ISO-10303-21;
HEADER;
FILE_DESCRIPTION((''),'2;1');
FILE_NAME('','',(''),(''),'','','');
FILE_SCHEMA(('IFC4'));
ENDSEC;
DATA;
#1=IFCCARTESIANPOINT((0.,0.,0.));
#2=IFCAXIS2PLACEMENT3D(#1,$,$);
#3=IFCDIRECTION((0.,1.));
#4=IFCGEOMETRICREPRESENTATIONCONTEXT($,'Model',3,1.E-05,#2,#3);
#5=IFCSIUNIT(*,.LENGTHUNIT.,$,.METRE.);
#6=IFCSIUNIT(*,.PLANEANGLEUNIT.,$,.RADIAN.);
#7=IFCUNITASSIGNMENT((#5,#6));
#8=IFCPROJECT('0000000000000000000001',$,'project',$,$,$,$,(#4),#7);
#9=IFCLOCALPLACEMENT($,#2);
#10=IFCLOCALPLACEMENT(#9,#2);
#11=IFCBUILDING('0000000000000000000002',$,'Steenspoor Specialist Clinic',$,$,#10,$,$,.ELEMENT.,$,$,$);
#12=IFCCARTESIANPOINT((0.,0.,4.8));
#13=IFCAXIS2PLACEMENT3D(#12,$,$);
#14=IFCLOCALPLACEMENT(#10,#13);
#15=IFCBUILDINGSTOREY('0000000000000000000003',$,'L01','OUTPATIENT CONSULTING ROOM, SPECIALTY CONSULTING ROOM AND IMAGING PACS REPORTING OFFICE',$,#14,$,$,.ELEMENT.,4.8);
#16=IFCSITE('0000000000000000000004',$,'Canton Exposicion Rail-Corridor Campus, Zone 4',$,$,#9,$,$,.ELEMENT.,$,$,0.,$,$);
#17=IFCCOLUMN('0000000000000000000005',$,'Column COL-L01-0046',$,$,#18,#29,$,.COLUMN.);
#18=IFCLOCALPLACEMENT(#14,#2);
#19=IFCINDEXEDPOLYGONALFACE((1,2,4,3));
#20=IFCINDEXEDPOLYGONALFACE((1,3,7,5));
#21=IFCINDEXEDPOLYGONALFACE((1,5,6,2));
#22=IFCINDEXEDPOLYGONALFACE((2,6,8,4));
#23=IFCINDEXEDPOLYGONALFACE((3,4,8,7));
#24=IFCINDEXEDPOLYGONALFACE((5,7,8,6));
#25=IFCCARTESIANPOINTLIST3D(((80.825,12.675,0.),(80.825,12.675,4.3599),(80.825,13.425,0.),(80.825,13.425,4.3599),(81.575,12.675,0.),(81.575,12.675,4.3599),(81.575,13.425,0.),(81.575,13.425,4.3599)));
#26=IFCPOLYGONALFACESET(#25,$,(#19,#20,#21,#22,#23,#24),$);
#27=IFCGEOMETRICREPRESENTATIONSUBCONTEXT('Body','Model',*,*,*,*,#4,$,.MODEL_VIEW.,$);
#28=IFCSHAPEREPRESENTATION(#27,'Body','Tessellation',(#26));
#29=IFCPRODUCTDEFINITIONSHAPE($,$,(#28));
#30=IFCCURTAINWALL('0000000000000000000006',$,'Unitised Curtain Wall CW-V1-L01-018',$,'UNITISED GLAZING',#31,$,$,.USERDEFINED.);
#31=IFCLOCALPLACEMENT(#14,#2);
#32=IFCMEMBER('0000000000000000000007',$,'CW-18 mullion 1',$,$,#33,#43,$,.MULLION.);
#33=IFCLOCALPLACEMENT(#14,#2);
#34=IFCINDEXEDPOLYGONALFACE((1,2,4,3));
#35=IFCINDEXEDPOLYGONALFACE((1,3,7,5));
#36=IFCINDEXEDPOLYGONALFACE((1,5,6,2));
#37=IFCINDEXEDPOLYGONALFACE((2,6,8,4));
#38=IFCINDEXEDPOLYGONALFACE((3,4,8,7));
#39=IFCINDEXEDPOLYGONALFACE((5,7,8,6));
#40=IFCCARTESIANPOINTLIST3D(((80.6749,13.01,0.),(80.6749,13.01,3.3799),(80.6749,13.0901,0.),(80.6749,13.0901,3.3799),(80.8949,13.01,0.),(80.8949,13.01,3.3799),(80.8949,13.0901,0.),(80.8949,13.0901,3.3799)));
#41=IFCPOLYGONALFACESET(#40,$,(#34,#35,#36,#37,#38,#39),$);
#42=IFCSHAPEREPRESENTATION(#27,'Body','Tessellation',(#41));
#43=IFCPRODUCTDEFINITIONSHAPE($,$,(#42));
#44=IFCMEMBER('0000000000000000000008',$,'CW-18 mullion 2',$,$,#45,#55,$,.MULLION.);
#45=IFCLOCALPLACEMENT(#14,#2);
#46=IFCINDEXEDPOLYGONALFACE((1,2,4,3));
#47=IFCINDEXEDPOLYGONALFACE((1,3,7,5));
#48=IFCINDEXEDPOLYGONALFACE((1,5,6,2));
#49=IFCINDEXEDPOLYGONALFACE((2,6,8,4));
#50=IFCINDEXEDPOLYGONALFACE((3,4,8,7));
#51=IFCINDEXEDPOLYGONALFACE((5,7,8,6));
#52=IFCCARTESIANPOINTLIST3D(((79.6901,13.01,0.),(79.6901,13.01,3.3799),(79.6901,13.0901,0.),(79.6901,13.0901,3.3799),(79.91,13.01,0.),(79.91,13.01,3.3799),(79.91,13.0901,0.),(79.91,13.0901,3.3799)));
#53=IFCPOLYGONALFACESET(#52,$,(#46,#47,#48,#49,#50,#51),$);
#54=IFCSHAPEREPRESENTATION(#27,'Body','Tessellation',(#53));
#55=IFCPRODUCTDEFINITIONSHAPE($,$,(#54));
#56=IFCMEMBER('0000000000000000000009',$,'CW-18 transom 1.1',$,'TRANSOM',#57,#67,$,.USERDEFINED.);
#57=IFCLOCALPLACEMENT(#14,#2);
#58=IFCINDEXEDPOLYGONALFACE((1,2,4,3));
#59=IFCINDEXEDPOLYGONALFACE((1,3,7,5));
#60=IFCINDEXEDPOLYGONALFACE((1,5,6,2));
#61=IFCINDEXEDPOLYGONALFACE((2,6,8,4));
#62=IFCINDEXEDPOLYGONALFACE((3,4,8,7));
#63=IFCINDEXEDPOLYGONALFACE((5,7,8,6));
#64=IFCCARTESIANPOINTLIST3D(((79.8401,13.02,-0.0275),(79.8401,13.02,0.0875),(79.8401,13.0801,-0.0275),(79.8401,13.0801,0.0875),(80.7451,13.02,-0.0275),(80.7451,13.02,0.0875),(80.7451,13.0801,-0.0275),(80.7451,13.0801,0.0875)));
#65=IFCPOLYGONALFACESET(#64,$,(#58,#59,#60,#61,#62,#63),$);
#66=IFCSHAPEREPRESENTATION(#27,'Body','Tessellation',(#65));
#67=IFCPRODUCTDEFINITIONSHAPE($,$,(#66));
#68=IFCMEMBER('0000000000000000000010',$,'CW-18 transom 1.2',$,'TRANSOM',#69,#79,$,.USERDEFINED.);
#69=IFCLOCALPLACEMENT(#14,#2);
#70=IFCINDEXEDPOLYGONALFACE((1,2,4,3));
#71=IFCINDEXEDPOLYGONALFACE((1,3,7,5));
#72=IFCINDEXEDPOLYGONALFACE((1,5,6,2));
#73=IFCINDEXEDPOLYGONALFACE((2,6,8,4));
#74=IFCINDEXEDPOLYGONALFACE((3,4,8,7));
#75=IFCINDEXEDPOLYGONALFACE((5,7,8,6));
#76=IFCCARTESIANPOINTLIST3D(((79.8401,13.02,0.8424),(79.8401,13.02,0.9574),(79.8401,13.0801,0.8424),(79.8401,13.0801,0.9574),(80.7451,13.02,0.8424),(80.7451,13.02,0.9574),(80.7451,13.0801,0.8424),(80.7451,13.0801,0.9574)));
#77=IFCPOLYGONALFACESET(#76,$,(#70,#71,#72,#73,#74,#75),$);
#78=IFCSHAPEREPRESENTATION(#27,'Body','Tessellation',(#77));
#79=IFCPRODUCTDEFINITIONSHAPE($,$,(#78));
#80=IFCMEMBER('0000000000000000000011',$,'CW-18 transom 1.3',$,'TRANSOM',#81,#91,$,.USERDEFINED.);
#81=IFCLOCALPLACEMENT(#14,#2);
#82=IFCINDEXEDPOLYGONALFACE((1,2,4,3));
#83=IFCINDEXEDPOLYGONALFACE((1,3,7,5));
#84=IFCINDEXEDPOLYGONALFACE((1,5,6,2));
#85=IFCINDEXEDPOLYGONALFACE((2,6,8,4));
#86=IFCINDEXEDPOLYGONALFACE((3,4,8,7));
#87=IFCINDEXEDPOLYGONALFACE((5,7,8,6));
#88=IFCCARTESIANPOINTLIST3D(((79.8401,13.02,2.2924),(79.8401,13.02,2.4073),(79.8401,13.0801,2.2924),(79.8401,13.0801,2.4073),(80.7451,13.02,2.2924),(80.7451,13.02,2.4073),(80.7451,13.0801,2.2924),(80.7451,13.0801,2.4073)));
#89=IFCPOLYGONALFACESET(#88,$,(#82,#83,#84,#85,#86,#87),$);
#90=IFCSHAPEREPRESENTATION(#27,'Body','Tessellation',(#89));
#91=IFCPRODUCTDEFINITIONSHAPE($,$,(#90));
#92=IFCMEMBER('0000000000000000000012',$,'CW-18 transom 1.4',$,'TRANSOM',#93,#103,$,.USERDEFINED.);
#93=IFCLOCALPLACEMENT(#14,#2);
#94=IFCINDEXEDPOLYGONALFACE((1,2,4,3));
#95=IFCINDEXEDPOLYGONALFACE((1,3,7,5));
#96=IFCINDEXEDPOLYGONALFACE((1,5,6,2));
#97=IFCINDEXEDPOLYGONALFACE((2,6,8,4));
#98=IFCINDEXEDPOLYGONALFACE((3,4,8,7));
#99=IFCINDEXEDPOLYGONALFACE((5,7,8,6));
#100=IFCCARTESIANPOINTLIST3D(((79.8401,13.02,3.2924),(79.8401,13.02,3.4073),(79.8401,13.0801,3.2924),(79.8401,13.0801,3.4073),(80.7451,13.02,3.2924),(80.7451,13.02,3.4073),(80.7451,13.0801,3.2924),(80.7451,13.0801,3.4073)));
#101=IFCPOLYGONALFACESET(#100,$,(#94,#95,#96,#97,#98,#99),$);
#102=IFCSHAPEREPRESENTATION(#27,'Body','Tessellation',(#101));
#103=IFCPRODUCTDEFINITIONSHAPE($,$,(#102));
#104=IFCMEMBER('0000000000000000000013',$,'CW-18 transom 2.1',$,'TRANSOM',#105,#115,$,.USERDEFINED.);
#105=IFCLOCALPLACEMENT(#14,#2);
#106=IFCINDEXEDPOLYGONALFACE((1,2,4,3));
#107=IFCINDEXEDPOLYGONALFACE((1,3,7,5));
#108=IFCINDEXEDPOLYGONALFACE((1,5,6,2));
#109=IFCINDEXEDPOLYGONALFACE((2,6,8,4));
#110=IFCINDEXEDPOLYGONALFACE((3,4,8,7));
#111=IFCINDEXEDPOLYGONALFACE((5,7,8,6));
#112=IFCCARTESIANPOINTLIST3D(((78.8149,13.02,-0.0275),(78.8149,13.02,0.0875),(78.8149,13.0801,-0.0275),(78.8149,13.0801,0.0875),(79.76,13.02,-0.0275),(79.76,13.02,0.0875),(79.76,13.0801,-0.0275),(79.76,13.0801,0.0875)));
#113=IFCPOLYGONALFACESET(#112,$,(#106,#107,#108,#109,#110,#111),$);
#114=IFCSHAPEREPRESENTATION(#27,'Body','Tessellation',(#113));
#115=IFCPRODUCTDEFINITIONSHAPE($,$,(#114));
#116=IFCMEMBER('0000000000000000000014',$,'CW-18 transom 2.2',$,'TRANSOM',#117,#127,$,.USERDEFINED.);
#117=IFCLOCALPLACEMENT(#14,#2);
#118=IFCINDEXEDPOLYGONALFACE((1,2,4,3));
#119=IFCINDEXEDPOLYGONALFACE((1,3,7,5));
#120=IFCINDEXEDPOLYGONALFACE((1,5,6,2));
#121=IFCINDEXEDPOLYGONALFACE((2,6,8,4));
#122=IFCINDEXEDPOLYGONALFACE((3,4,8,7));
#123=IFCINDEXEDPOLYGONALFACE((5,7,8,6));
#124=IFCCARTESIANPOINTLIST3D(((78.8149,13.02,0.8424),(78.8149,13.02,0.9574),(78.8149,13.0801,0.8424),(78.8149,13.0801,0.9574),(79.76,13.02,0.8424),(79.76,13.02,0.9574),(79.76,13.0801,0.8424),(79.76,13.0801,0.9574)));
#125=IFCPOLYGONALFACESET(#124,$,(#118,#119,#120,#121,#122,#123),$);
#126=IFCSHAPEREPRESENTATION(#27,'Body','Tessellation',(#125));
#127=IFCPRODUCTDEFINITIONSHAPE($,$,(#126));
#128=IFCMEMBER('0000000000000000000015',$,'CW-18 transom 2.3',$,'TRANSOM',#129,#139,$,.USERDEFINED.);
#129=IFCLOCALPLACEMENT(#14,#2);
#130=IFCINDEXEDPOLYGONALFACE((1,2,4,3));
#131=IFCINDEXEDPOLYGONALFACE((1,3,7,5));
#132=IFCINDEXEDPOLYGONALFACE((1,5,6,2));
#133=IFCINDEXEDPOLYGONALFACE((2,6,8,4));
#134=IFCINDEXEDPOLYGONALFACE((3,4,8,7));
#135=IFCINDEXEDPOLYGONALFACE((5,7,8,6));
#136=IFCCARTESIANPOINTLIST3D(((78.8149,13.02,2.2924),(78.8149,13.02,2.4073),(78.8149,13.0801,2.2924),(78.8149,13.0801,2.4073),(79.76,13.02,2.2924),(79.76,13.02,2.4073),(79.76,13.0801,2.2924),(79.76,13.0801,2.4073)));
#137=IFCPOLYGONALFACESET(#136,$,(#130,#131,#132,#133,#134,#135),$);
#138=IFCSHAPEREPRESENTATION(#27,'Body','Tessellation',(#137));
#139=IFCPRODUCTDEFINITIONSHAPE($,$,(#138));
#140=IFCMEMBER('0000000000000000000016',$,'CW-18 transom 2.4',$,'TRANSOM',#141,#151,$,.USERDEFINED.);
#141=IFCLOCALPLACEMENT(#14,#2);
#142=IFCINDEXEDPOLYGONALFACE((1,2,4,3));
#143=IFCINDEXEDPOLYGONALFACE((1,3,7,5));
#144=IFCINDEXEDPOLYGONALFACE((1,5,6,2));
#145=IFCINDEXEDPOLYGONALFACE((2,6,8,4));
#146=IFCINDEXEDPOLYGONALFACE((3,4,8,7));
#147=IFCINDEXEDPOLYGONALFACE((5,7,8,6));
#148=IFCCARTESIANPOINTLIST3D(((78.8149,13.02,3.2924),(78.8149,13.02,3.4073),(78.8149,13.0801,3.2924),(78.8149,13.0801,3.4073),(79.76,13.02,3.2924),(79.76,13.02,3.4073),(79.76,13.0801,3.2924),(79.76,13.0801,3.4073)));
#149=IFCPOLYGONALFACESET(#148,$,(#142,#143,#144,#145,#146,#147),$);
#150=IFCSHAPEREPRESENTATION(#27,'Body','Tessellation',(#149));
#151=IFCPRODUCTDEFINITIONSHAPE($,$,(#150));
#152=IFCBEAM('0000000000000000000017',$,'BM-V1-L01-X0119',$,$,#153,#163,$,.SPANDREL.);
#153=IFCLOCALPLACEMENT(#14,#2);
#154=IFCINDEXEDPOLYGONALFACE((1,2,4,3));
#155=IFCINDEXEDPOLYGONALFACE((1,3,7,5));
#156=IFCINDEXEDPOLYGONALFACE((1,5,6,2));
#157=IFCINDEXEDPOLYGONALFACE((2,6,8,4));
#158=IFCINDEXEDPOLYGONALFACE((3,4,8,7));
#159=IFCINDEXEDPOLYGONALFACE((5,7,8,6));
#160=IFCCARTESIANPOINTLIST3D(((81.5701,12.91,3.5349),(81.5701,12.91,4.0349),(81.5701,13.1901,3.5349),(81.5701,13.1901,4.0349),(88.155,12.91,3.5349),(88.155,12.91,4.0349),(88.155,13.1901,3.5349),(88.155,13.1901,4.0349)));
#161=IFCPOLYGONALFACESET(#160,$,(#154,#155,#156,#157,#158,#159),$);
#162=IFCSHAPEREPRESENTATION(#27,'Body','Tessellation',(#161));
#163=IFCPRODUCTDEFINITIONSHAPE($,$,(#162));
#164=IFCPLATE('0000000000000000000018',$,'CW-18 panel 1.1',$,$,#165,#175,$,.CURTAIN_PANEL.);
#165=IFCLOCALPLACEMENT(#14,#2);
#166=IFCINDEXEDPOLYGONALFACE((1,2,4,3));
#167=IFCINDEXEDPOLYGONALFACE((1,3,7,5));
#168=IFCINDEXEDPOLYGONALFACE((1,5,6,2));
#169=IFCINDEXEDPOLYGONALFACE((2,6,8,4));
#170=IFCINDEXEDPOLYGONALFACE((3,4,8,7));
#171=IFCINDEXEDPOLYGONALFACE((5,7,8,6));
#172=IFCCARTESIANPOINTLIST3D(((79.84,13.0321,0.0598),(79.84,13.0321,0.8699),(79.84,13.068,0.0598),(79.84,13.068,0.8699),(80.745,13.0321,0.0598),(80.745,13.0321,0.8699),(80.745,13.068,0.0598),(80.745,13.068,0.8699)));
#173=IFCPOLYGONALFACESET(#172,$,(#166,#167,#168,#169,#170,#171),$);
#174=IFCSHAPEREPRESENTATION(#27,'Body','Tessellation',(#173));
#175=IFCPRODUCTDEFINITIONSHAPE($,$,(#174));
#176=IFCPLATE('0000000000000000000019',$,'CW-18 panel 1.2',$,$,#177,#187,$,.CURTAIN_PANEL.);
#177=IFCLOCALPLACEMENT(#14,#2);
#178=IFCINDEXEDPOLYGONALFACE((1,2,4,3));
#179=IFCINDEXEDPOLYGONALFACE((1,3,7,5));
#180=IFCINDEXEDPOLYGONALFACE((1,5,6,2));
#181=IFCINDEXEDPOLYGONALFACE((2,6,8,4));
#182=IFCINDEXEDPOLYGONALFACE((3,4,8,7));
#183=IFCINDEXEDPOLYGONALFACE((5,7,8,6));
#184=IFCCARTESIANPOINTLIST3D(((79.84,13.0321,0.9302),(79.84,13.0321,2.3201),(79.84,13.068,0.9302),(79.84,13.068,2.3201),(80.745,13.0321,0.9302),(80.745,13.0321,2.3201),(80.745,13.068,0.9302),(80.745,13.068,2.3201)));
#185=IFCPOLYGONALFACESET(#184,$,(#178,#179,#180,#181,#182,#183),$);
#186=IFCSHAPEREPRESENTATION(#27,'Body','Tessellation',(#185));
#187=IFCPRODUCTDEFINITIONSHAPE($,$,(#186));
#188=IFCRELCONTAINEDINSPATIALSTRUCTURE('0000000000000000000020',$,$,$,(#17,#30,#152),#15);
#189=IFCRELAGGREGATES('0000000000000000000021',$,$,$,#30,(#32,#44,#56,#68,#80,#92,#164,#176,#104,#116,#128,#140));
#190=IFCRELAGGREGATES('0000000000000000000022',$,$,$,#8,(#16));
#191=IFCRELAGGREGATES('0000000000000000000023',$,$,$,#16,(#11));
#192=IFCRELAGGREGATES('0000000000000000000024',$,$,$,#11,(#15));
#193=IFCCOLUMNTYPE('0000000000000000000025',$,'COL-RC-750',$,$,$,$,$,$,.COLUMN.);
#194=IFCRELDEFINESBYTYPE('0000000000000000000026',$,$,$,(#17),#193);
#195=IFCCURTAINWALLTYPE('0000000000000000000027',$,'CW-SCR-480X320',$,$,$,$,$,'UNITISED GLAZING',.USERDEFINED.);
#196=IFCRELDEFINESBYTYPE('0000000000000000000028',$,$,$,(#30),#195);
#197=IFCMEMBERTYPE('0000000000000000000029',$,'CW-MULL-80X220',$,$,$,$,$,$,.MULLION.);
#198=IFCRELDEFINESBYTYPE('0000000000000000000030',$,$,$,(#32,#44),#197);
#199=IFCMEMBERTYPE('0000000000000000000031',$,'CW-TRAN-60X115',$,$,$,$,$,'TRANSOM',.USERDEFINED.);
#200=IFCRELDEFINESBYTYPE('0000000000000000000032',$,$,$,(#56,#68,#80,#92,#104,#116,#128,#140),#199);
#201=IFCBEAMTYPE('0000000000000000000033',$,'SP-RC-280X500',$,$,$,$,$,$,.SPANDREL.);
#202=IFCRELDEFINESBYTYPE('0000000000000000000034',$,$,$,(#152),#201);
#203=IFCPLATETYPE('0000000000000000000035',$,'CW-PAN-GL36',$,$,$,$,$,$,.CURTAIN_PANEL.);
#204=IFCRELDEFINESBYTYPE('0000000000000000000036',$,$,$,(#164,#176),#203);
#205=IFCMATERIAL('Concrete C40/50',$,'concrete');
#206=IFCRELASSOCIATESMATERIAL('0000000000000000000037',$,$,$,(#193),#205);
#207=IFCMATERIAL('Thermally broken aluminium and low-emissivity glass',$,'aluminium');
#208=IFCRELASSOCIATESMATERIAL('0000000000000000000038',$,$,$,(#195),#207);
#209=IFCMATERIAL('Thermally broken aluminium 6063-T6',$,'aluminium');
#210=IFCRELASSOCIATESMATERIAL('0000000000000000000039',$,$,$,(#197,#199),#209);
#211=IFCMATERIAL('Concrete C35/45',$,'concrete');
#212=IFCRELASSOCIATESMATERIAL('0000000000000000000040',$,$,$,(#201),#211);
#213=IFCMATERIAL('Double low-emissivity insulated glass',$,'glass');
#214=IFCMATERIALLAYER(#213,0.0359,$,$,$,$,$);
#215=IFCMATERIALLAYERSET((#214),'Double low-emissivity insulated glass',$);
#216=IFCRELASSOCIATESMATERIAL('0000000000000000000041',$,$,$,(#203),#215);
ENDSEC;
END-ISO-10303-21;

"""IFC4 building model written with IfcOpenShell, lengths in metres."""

from ifc_helpers import new_model, si_unit, direction, frame, origin, origin_2d, place, context, subcontext, project, spatial, rectangle, extrude, material, layer, layer_set, material_profile, profile_set, type_object, element, aggregate, save


model = new_model("IFC4")

# Units and contexts
model_context = context("Model", 3, precision=1e-05, world=origin(), true_north=direction((0.0, 1.0)))
body_context = subcontext(model_context, "Body", "Model", "MODEL_VIEW")
ifc_project = project(units=[si_unit("LENGTHUNIT", "METRE"), si_unit("PLANEANGLEUNIT", "RADIAN")], contexts=[model_context])

# Site, building, storey
site_placement = place(None, origin())
site = spatial("IfcSite", under=ifc_project, at=site_placement, Name="Canton Exposicion Rail-Corridor Campus, Zone 4", CompositionType="ELEMENT", RefElevation=0.0)
building_placement = place(site_placement, origin())
building = spatial("IfcBuilding", under=site, at=building_placement, Name="Steenspoor Specialist Clinic", CompositionType="ELEMENT")
storey_placement = place(building_placement, frame((0.0, 0.0, 4.8)))
storey = spatial("IfcBuildingStorey", under=building, at=storey_placement, Name="L01", Description="OUTPATIENT CONSULTING ROOM, SPECIALTY CONSULTING ROOM AND IMAGING PACS REPORTING OFFICE", CompositionType="ELEMENT", Elevation=4.8)

# Column
ifc_material_1 = material(Name="Concrete C40/50", Category="concrete")
ifc_material_profile_1 = material_profile(ifc_material_1, rectangle(XDim=0.75, YDim=0.75, at=origin_2d()), Name="RC-COL-750X750")
ifc_profile_set_1 = profile_set([ifc_material_profile_1], Name="Concrete C40/50")
column_type = type_object("IfcColumnType", Name="COL-RC-750", PredefinedType="COLUMN", material=ifc_profile_set_1)
column_placement = place(storey_placement, frame((81.2, 13.05, 0.0), z_axis=(0.0, 0.0, 1.0), x_axis=(1.0, 0.0, 0.0)))
element("IfcColumn", 1, at=column_placement, inside=storey, type_object=column_type, Name="Column COL-L01-0046", PredefinedType="COLUMN", context=body_context, shape_type="SweptSolid", body=[
    extrude(rectangle(XDim=0.75, YDim=0.75, at=origin_2d()), origin(), (0.0, 0.0, 1.0), 4.3599),
])

# Curtain wall, members
ifc_material_2 = material(Name="Thermally broken aluminium and low-emissivity glass", Category="aluminium")
curtain_wall_type = type_object("IfcCurtainWallType", Name="CW-SCR-480X320", ElementType="UNITISED GLAZING", PredefinedType="USERDEFINED", material=ifc_material_2)
curtain_wall_placement = place(storey_placement, origin())
curtain_wall = element("IfcCurtainWall", 2, at=curtain_wall_placement, inside=storey, type_object=curtain_wall_type, Name="Unitised Curtain Wall CW-V1-L01-018", ObjectType="UNITISED GLAZING", PredefinedType="USERDEFINED")
ifc_material_3 = material(Name="Thermally broken aluminium 6063-T6", Category="aluminium")
ifc_material_profile_2 = material_profile(ifc_material_3, rectangle(XDim=0.0801, YDim=0.22, at=origin_2d()), Name="CWM-80X220")
ifc_profile_set_2 = profile_set([ifc_material_profile_2], Name="Thermally broken aluminium 6063-T6")
member_type_1 = type_object("IfcMemberType", Name="CW-MULL-80X220", PredefinedType="MULLION", material=ifc_profile_set_2)
member_1_placement = place(storey_placement, frame((80.7849, 13.05, 0.0), z_axis=(0.0, 0.0, 1.0), x_axis=(0.0, -1.0, 0.0)))
member_1 = element("IfcMember", 3, at=member_1_placement, type_object=member_type_1, Name="CW-18 mullion 1", PredefinedType="MULLION", context=body_context, shape_type="SweptSolid", body=[
    extrude(rectangle(XDim=0.0801, YDim=0.22, at=origin_2d()), origin(), (0.0, 0.0, 1.0), 3.3799),
])
member_2_placement = place(storey_placement, frame((79.8, 13.05, 0.0), z_axis=(0.0, 0.0, 1.0), x_axis=(0.0, -1.0, 0.0)))
member_2 = element("IfcMember", 4, at=member_2_placement, type_object=member_type_1, Name="CW-18 mullion 2", PredefinedType="MULLION", context=body_context, shape_type="SweptSolid", body=[
    extrude(rectangle(XDim=0.0801, YDim=0.22, at=origin_2d()), origin(), (0.0, 0.0, 1.0), 3.3799),
])
ifc_material_profile_3 = material_profile(ifc_material_3, rectangle(XDim=0.0601, YDim=0.115, at=origin_2d()), Name="CWT-60X115")
ifc_profile_set_3 = profile_set([ifc_material_profile_3], Name="Thermally broken aluminium 6063-T6")
member_type_2 = type_object("IfcMemberType", Name="CW-TRAN-60X115", ElementType="TRANSOM", PredefinedType="USERDEFINED", material=ifc_profile_set_3)
member_3_placement = place(storey_placement, frame((80.7451, 13.05, 0.03), z_axis=(-1.0, 0.0, 0.0), x_axis=(0.0, -1.0, 0.0)))
member_3 = element("IfcMember", 5, at=member_3_placement, type_object=member_type_2, Name="CW-18 transom 1.1", ObjectType="TRANSOM", PredefinedType="USERDEFINED", context=body_context, shape_type="SweptSolid", body=[
    extrude(rectangle(XDim=0.0601, YDim=0.115, at=origin_2d()), origin(), (0.0, 0.0, 1.0), 0.905),
])
member_4_placement = place(storey_placement, frame((80.7451, 13.05, 0.8999), z_axis=(-1.0, 0.0, 0.0), x_axis=(0.0, -1.0, 0.0)))
member_4 = element("IfcMember", 6, at=member_4_placement, type_object=member_type_2, Name="CW-18 transom 1.2", ObjectType="TRANSOM", PredefinedType="USERDEFINED", context=body_context, shape_type="SweptSolid", body=[
    extrude(rectangle(XDim=0.0601, YDim=0.115, at=origin_2d()), origin(), (0.0, 0.0, 1.0), 0.905),
])
member_5_placement = place(storey_placement, frame((80.7451, 13.05, 2.3499), z_axis=(-1.0, 0.0, 0.0), x_axis=(0.0, -1.0, 0.0)))
member_5 = element("IfcMember", 7, at=member_5_placement, type_object=member_type_2, Name="CW-18 transom 1.3", ObjectType="TRANSOM", PredefinedType="USERDEFINED", context=body_context, shape_type="SweptSolid", body=[
    extrude(rectangle(XDim=0.0601, YDim=0.115, at=origin_2d()), origin(), (0.0, 0.0, 1.0), 0.905),
])
member_6_placement = place(storey_placement, frame((80.7451, 13.05, 3.3499), z_axis=(-1.0, 0.0, 0.0), x_axis=(0.0, -1.0, 0.0)))
member_6 = element("IfcMember", 8, at=member_6_placement, type_object=member_type_2, Name="CW-18 transom 1.4", ObjectType="TRANSOM", PredefinedType="USERDEFINED", context=body_context, shape_type="SweptSolid", body=[
    extrude(rectangle(XDim=0.0601, YDim=0.115, at=origin_2d()), origin(), (0.0, 0.0, 1.0), 0.905),
])
member_7_placement = place(storey_placement, frame((79.76, 13.05, 0.03), z_axis=(-1.0, 0.0, 0.0), x_axis=(0.0, -1.0, 0.0)))
member_7 = element("IfcMember", 9, at=member_7_placement, type_object=member_type_2, Name="CW-18 transom 2.1", ObjectType="TRANSOM", PredefinedType="USERDEFINED", context=body_context, shape_type="SweptSolid", body=[
    extrude(rectangle(XDim=0.0601, YDim=0.115, at=origin_2d()), origin(), (0.0, 0.0, 1.0), 0.9451),
])
member_8_placement = place(storey_placement, frame((79.76, 13.05, 0.8999), z_axis=(-1.0, 0.0, 0.0), x_axis=(0.0, -1.0, 0.0)))
member_8 = element("IfcMember", 10, at=member_8_placement, type_object=member_type_2, Name="CW-18 transom 2.2", ObjectType="TRANSOM", PredefinedType="USERDEFINED", context=body_context, shape_type="SweptSolid", body=[
    extrude(rectangle(XDim=0.0601, YDim=0.115, at=origin_2d()), origin(), (0.0, 0.0, 1.0), 0.9451),
])
member_9_placement = place(storey_placement, frame((79.76, 13.05, 2.3499), z_axis=(-1.0, 0.0, 0.0), x_axis=(0.0, -1.0, 0.0)))
member_9 = element("IfcMember", 11, at=member_9_placement, type_object=member_type_2, Name="CW-18 transom 2.3", ObjectType="TRANSOM", PredefinedType="USERDEFINED", context=body_context, shape_type="SweptSolid", body=[
    extrude(rectangle(XDim=0.0601, YDim=0.115, at=origin_2d()), origin(), (0.0, 0.0, 1.0), 0.9451),
])
member_10_placement = place(storey_placement, frame((79.76, 13.05, 3.3499), z_axis=(-1.0, 0.0, 0.0), x_axis=(0.0, -1.0, 0.0)))
member_10 = element("IfcMember", 12, at=member_10_placement, type_object=member_type_2, Name="CW-18 transom 2.4", ObjectType="TRANSOM", PredefinedType="USERDEFINED", context=body_context, shape_type="SweptSolid", body=[
    extrude(rectangle(XDim=0.0601, YDim=0.115, at=origin_2d()), origin(), (0.0, 0.0, 1.0), 0.9451),
])

# Beam
ifc_material_4 = material(Name="Concrete C35/45", Category="concrete")
ifc_material_profile_4 = material_profile(ifc_material_4, rectangle(XDim=0.28, YDim=0.5, at=origin_2d()), Name="RC-SP-280X500")
ifc_profile_set_4 = profile_set([ifc_material_profile_4], Name="Concrete C35/45")
beam_type = type_object("IfcBeamType", Name="SP-RC-280X500", PredefinedType="SPANDREL", material=ifc_profile_set_4)
beam_placement = place(storey_placement, frame((81.5701, 13.05, 3.7849), z_axis=(1.0, 0.0, 0.0), x_axis=(0.0, 1.0, 0.0)))
element("IfcBeam", 13, at=beam_placement, inside=storey, type_object=beam_type, Name="BM-V1-L01-X0119", PredefinedType="SPANDREL", context=body_context, shape_type="SweptSolid", body=[
    extrude(rectangle(XDim=0.28, YDim=0.5, at=origin_2d()), origin(), (0.0, 0.0, 1.0), 6.585),
])

# Plates
ifc_material_5 = material(Name="Double low-emissivity insulated glass", Category="glass")
ifc_layer_1 = layer(ifc_material_5, 0.0359)
ifc_layer_set_1 = layer_set([ifc_layer_1], Name="Double low-emissivity insulated glass")
plate_type = type_object("IfcPlateType", Name="CW-PAN-GL36", PredefinedType="CURTAIN_PANEL", material=ifc_layer_set_1)
plate_1_placement = place(storey_placement, frame((80.2925, 13.05, 0.0598), z_axis=(0.0, 0.0, 1.0), x_axis=(-1.0, 0.0, 0.0)))
plate_1 = element("IfcPlate", 14, at=plate_1_placement, type_object=plate_type, Name="CW-18 panel 1.1", PredefinedType="CURTAIN_PANEL", context=body_context, shape_type="SweptSolid", body=[
    extrude(rectangle(XDim=0.905, YDim=0.0359, at=origin_2d()), origin(), (0.0, 0.0, 1.0), 0.8101),
])
plate_2_placement = place(storey_placement, frame((80.2925, 13.05, 0.9302), z_axis=(0.0, 0.0, 1.0), x_axis=(-1.0, 0.0, 0.0)))
plate_2 = element("IfcPlate", 15, at=plate_2_placement, type_object=plate_type, Name="CW-18 panel 1.2", PredefinedType="CURTAIN_PANEL", context=body_context, shape_type="SweptSolid", body=[
    extrude(rectangle(XDim=0.905, YDim=0.0359, at=origin_2d()), origin(), (0.0, 0.0, 1.0), 1.3899),
])
aggregate(curtain_wall, [member_1, member_2, member_3, member_4, member_5, member_6, plate_1, plate_2, member_7, member_8, member_9, member_10])

save(model, "model.ifc")
